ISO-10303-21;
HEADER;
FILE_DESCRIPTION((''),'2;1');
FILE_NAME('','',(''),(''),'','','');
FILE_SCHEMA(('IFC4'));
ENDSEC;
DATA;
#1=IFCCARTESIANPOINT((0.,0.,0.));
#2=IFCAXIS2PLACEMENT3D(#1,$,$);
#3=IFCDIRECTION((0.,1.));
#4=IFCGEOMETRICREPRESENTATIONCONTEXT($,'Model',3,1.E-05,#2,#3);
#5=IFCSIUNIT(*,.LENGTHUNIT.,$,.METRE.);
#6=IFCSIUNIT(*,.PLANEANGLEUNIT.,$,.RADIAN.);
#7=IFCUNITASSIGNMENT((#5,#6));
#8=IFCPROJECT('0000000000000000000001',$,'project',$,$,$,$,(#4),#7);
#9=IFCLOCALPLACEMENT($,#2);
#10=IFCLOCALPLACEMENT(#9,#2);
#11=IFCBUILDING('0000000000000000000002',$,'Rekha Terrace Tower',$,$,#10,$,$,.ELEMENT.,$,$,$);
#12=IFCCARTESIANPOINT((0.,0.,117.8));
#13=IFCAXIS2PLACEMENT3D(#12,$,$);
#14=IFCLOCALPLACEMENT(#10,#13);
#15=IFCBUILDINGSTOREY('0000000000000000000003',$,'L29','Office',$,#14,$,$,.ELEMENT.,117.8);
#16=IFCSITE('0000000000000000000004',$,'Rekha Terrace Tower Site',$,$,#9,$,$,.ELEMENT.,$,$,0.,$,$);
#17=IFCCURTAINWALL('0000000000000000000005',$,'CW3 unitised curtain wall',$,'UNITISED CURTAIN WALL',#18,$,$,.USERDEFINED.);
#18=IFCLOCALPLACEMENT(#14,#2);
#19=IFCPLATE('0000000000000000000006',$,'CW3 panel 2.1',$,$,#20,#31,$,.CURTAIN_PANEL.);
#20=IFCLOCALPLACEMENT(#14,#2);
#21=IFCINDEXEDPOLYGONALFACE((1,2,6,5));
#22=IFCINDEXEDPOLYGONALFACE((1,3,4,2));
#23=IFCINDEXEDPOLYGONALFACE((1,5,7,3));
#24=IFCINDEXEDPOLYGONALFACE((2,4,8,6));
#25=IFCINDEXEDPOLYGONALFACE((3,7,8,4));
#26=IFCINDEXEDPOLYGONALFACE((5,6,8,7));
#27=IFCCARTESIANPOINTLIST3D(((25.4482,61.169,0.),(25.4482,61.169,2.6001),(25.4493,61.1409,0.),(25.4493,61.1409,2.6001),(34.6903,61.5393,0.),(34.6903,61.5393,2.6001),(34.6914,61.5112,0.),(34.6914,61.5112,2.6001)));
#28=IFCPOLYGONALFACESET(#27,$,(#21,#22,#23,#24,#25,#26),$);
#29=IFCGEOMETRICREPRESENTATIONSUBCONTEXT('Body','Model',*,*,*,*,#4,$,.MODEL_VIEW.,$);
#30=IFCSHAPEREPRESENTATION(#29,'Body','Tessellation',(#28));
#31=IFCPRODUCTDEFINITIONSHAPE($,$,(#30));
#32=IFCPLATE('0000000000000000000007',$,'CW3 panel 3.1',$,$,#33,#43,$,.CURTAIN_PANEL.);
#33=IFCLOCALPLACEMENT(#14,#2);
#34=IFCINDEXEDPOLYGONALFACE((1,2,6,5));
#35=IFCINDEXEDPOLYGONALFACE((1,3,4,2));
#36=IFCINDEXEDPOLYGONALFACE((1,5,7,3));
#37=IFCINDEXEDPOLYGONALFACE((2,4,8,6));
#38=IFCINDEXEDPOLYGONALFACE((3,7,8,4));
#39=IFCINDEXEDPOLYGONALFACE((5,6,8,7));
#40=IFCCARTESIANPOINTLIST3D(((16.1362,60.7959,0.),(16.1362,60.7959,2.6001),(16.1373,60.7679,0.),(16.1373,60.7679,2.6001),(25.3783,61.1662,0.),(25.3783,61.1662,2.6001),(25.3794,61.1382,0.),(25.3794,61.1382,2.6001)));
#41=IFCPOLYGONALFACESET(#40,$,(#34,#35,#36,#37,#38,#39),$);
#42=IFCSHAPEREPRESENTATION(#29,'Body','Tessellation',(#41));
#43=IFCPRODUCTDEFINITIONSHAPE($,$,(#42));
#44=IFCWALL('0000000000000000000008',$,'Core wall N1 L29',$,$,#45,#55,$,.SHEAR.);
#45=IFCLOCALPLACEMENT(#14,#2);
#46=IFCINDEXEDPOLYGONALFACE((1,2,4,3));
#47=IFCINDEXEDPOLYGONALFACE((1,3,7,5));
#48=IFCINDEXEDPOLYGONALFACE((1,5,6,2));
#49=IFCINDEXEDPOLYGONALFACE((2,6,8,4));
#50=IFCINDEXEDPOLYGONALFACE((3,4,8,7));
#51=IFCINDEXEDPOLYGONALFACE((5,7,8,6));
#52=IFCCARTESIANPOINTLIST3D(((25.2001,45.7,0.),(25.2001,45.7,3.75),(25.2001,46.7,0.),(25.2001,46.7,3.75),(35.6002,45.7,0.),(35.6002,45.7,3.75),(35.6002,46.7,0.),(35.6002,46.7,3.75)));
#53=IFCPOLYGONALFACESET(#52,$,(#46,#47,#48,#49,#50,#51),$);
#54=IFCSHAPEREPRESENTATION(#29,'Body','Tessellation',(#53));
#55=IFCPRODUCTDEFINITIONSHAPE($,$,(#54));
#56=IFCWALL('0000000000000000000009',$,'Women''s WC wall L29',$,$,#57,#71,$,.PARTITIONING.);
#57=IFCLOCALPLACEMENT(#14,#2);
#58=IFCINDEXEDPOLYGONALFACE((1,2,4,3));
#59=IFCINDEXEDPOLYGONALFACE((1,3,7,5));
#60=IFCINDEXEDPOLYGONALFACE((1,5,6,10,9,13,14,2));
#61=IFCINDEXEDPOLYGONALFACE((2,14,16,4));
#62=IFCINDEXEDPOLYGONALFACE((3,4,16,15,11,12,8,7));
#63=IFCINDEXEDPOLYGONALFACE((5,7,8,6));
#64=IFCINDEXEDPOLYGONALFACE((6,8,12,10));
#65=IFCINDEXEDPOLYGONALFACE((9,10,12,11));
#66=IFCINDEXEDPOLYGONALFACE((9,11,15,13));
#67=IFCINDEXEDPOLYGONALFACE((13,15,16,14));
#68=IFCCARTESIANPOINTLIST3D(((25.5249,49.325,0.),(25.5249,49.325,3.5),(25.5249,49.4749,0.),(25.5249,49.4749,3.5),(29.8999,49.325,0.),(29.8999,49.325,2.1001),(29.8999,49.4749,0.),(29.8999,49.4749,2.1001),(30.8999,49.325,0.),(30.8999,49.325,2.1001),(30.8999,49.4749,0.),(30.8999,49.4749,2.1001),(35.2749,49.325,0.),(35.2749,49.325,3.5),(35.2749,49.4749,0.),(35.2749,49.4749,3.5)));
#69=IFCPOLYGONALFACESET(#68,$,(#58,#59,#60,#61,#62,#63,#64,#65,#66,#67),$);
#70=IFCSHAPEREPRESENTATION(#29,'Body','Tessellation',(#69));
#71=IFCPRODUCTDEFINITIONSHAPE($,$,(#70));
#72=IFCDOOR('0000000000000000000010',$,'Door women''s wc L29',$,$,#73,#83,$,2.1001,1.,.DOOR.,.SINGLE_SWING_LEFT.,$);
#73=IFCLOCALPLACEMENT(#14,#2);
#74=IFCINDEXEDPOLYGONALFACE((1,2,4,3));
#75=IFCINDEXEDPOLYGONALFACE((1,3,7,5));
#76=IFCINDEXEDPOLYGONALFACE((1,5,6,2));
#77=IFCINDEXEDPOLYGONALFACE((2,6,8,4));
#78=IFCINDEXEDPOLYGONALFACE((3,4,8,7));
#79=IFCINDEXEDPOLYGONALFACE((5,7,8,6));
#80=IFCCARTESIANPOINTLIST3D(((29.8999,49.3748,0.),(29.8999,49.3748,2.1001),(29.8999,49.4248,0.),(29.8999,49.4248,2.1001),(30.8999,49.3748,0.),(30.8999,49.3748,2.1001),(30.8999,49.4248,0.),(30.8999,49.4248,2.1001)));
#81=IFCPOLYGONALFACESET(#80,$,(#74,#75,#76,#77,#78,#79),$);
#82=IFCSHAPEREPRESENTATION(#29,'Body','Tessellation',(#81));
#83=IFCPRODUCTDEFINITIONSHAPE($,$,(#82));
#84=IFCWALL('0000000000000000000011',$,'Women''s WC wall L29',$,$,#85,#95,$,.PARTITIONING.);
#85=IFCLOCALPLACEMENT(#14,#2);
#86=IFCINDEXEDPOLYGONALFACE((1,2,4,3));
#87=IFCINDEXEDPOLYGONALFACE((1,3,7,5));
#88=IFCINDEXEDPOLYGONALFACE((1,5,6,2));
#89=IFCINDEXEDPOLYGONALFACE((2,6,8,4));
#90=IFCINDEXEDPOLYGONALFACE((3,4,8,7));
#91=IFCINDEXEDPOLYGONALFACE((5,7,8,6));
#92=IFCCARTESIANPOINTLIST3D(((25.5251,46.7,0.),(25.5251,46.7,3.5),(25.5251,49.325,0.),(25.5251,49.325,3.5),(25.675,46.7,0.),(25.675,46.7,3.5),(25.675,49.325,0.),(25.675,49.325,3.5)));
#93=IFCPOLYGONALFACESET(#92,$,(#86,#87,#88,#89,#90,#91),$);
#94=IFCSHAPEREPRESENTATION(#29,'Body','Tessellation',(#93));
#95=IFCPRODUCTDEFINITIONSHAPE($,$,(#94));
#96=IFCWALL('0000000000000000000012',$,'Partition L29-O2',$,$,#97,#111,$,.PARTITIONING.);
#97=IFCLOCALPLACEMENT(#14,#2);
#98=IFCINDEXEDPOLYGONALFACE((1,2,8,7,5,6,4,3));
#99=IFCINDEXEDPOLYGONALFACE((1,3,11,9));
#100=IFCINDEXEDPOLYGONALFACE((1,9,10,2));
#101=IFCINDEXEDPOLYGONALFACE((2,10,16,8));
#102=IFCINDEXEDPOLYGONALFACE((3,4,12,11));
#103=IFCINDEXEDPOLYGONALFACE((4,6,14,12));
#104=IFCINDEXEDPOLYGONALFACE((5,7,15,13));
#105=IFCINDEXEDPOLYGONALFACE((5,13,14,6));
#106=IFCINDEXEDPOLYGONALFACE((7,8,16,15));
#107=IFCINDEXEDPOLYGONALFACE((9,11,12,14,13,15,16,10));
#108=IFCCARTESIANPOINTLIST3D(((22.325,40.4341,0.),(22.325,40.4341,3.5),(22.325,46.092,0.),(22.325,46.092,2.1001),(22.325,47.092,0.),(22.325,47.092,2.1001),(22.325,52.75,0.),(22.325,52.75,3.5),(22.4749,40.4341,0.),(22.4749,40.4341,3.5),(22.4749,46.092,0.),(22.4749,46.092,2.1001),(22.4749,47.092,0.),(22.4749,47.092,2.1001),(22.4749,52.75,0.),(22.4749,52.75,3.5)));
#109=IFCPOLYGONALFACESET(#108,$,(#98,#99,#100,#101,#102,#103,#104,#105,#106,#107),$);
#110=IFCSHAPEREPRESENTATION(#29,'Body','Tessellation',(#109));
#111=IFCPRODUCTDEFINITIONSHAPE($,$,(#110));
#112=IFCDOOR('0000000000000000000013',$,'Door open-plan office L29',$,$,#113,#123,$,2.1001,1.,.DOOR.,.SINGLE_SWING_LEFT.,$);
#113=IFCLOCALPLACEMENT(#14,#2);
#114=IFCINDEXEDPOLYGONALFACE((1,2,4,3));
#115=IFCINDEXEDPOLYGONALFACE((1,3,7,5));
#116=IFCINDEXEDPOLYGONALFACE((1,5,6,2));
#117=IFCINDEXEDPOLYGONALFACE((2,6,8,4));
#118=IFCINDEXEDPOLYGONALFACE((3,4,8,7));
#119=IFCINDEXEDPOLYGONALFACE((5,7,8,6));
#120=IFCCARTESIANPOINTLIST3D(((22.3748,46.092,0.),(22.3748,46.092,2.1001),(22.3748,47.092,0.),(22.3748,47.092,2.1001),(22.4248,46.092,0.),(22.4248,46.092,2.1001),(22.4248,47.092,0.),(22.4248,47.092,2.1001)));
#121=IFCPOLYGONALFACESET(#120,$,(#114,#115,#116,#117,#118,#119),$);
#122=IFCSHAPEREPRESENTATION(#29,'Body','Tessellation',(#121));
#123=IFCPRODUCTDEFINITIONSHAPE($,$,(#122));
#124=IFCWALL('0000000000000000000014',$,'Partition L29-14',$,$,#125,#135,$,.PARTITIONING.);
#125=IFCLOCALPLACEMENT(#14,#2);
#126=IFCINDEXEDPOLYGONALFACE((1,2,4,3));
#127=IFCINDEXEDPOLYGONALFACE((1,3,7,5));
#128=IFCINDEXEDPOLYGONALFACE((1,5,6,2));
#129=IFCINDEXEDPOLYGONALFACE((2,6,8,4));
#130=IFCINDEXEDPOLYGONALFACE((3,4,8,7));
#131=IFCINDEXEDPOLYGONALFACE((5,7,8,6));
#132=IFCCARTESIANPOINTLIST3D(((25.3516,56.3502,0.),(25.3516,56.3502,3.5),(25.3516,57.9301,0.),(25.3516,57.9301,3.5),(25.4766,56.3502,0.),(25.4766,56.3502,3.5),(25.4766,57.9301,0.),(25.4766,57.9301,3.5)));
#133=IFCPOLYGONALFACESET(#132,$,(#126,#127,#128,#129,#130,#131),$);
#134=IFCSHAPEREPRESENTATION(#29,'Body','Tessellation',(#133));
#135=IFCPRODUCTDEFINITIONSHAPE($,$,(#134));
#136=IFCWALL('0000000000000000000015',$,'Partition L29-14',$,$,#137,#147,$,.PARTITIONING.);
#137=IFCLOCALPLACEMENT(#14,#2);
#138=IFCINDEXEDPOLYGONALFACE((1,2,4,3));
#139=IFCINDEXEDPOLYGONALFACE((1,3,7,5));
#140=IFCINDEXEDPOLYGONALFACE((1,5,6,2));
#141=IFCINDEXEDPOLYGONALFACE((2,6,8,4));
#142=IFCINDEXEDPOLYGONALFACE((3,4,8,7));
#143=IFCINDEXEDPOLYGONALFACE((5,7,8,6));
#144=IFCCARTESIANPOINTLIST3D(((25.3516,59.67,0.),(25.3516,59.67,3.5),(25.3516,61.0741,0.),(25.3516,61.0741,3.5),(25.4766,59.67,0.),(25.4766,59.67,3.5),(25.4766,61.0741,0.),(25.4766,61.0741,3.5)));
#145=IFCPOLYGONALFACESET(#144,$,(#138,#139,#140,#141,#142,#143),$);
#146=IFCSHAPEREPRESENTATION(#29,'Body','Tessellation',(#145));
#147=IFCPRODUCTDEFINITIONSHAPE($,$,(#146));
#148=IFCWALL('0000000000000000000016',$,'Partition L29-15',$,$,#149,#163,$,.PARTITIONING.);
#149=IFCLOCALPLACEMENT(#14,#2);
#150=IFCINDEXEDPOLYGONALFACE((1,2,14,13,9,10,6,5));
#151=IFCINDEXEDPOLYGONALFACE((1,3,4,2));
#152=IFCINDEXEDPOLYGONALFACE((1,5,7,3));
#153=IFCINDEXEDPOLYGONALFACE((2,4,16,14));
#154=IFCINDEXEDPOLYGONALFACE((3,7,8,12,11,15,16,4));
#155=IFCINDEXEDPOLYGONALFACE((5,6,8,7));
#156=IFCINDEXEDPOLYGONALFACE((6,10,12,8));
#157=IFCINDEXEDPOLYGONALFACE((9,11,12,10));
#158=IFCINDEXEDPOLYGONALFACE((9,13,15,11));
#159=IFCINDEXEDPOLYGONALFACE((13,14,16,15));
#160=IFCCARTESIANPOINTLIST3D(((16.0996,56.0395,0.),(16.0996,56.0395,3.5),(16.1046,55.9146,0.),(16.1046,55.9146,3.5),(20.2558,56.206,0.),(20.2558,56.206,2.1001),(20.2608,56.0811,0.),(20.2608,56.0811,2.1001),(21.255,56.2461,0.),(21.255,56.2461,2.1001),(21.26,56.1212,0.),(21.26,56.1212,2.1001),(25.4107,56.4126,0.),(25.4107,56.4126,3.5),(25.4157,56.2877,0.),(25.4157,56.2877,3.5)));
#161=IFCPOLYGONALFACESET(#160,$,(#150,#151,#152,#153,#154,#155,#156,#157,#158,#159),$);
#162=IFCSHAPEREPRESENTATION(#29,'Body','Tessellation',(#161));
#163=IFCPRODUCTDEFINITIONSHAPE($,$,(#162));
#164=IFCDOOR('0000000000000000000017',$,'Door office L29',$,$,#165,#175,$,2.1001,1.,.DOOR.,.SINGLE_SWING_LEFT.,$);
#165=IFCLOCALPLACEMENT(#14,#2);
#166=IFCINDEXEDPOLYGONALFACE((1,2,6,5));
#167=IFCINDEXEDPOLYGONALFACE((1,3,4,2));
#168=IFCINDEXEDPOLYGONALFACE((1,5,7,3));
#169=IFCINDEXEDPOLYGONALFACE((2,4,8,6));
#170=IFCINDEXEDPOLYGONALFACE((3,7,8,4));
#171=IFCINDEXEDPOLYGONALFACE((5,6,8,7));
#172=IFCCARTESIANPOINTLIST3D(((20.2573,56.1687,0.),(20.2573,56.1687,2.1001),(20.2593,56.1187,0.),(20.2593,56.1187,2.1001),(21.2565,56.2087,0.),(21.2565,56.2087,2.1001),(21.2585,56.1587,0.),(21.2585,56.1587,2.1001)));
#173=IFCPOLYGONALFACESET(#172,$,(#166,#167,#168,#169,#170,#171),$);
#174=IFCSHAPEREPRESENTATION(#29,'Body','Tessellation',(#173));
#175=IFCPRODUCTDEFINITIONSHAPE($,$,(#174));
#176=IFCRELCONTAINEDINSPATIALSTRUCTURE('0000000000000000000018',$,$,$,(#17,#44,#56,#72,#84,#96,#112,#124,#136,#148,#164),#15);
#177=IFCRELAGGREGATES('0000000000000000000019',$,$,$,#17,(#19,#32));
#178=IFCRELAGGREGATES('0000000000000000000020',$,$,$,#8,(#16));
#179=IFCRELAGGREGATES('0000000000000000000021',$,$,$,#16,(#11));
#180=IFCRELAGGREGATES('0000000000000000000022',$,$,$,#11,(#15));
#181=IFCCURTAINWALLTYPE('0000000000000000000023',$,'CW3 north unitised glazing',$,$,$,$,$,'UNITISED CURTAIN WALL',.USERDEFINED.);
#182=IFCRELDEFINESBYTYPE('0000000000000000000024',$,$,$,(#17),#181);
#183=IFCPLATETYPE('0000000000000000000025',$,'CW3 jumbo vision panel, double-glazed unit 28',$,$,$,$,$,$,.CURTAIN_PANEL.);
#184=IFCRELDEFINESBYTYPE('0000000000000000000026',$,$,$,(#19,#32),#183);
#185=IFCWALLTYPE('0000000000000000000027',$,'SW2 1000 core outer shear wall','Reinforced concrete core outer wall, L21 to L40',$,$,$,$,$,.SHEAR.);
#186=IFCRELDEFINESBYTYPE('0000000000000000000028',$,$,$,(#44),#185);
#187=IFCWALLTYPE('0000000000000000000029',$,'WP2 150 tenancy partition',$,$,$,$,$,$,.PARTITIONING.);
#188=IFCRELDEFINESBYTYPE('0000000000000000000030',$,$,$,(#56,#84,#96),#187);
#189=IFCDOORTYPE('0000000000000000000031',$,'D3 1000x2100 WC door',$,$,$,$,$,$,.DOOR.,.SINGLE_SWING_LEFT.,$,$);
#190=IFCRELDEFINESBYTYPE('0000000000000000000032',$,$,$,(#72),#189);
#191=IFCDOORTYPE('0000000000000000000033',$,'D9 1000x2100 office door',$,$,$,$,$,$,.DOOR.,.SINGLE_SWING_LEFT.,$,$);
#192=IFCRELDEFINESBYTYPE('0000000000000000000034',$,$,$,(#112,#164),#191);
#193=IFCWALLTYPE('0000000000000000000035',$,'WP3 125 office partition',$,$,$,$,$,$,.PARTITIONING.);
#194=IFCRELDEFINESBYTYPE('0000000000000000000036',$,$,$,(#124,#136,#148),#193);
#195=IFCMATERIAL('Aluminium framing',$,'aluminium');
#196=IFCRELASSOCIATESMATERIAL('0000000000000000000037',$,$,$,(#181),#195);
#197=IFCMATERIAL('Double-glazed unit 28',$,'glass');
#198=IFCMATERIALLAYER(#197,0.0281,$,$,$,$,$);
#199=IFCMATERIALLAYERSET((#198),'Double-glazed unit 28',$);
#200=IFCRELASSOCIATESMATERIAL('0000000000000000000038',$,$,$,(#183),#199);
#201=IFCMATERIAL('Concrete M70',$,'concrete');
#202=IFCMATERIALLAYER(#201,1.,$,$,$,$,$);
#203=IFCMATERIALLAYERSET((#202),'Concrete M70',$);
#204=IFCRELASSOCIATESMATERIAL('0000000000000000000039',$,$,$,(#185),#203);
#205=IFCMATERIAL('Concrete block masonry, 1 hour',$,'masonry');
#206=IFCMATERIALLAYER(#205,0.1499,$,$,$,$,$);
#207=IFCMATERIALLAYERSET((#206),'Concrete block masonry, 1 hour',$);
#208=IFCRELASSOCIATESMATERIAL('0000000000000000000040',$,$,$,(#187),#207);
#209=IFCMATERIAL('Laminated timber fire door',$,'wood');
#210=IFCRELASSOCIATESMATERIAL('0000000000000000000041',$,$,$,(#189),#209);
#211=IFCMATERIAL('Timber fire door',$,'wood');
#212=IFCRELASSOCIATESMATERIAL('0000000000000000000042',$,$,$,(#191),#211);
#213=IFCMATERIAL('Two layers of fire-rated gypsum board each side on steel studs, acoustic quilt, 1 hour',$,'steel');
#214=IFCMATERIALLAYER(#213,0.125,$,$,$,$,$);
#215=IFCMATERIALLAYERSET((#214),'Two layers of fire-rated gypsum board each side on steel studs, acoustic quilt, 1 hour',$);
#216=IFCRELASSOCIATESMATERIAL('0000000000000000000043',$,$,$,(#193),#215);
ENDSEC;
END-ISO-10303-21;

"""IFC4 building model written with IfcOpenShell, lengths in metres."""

from ifc_helpers import new_model, si_unit, direction, frame, frame_2d, origin, origin_2d, place, context, subcontext, project, spatial, rectangle, extrude, material, layer, layer_set, type_object, element, fill, aggregate, save


model = new_model("IFC4")

# Units and contexts
model_context = context("Model", 3, precision=1e-05, world=origin(), true_north=direction((0.0, 1.0)))
body_context = subcontext(model_context, "Body", "Model", "MODEL_VIEW")
ifc_project = project(units=[si_unit("LENGTHUNIT", "METRE"), si_unit("PLANEANGLEUNIT", "RADIAN")], contexts=[model_context])

# Site, building, storey
site_placement = place(None, origin())
site = spatial("IfcSite", under=ifc_project, at=site_placement, Name="Rekha Terrace Tower Site", CompositionType="ELEMENT", RefElevation=0.0)
building_placement = place(site_placement, origin())
building = spatial("IfcBuilding", under=site, at=building_placement, Name="Rekha Terrace Tower", CompositionType="ELEMENT")
storey_placement = place(building_placement, frame((0.0, 0.0, 117.8)))
storey = spatial("IfcBuildingStorey", under=building, at=storey_placement, Name="L29", Description="Office", CompositionType="ELEMENT", Elevation=117.8)

# Shared definitions
ifc_material_1 = material(Name="Concrete M70", Category="concrete")

# Curtain wall, plates
ifc_material_2 = material(Name="Aluminium framing", Category="aluminium")
curtain_wall_type = type_object("IfcCurtainWallType", Name="CW3 north unitised glazing", ElementType="UNITISED CURTAIN WALL", PredefinedType="USERDEFINED", material=ifc_material_2)
curtain_wall_placement = place(storey_placement, origin())
curtain_wall = element("IfcCurtainWall", 1, at=curtain_wall_placement, inside=storey, type_object=curtain_wall_type, Name="CW3 unitised curtain wall", ObjectType="UNITISED CURTAIN WALL", PredefinedType="USERDEFINED")
ifc_material_3 = material(Name="Double-glazed unit 28", Category="glass")
ifc_layer_1 = layer(ifc_material_3, 0.0281)
ifc_layer_set_1 = layer_set([ifc_layer_1], Name="Double-glazed unit 28")
plate_type = type_object("IfcPlateType", Name="CW3 jumbo vision panel, double-glazed unit 28", PredefinedType="CURTAIN_PANEL", material=ifc_layer_set_1)
plate_1_placement = place(storey_placement, frame((30.0698, 61.3401, 0.0), z_axis=(0.0, 0.0, 1.0), x_axis=(-0.999198, -0.040032, 0.0)))
plate_1 = element("IfcPlate", 2, at=plate_1_placement, type_object=plate_type, Name="CW3 panel 2.1", PredefinedType="CURTAIN_PANEL", context=body_context, shape_type="SweptSolid", body=[
    extrude(rectangle(XDim=9.2495, YDim=0.0281, at=origin_2d()), origin(), (0.0, 0.0, 1.0), 2.6001),
])
plate_2_placement = place(storey_placement, frame((20.7578, 60.967, 0.0), z_axis=(0.0, 0.0, 1.0), x_axis=(-0.999198, -0.040032, 0.0)))
plate_2 = element("IfcPlate", 3, at=plate_2_placement, type_object=plate_type, Name="CW3 panel 3.1", PredefinedType="CURTAIN_PANEL", context=body_context, shape_type="SweptSolid", body=[
    extrude(rectangle(XDim=9.2495, YDim=0.0281, at=origin_2d()), origin(), (0.0, 0.0, 1.0), 2.6001),
])
aggregate(curtain_wall, [plate_1, plate_2])

# Wall
ifc_layer_2 = layer(ifc_material_1, 1.0)
ifc_layer_set_2 = layer_set([ifc_layer_2], Name="Concrete M70")
wall_type_1 = type_object("IfcWallType", Name="SW2 1000 core outer shear wall", Description="Reinforced concrete core outer wall, L21 to L40", PredefinedType="SHEAR", material=ifc_layer_set_2)
wall_1_placement = place(storey_placement, frame((25.2, 46.2, 0.0), z_axis=(0.0, 0.0, 1.0), x_axis=(1.0, 0.0, 0.0)))
element("IfcWall", 4, at=wall_1_placement, inside=storey, type_object=wall_type_1, Name="Core wall N1 L29", PredefinedType="SHEAR", context=body_context, shape_type="SweptSolid", body=[
    extrude(rectangle(XDim=10.4001, YDim=1.0, at=frame_2d((5.2002, 0.0))), origin(), (0.0, 0.0, 1.0), 3.75),
])

# Wall, opening, door
ifc_material_4 = material(Name="Concrete block masonry, 1 hour", Category="masonry")
ifc_layer_3 = layer(ifc_material_4, 0.1499)
ifc_layer_set_3 = layer_set([ifc_layer_3], Name="Concrete block masonry, 1 hour")
wall_type_2 = type_object("IfcWallType", Name="WP2 150 tenancy partition", PredefinedType="PARTITIONING", material=ifc_layer_set_3)
wall_2_placement = place(storey_placement, frame((25.5249, 49.3999, 0.0), z_axis=(0.0, 0.0, 1.0), x_axis=(1.0, 0.0, 0.0)))
wall_2 = element("IfcWall", 5, at=wall_2_placement, inside=storey, type_object=wall_type_2, Name="Women's WC wall L29", PredefinedType="PARTITIONING", context=body_context, shape_type="SweptSolid", body=[
    extrude(rectangle(XDim=9.75, YDim=0.1499, at=frame_2d((4.875, 0.0))), origin(), (0.0, 0.0, 1.0), 3.5),
])
opening_1_placement = place(wall_2_placement, frame((4.375, 0.0, 0.0)))
opening_1 = element("IfcOpeningElement", 6, at=opening_1_placement, cuts=wall_2, PredefinedType="OPENING", context=body_context, shape_type="SweptSolid", body=[
    extrude(rectangle(XDim=1.0, YDim=2.1001, at=frame_2d((0.5, 1.05))), frame((0.0, 0.085, 0.0), z_axis=(0.0, -1.0, 0.0), x_axis=(1.0, 0.0, 0.0)), (0.0, 0.0, 1.0), 0.1699),
])
ifc_material_5 = material(Name="Laminated timber fire door", Category="wood")
door_type_1 = type_object("IfcDoorType", Name="D3 1000x2100 WC door", OperationType="SINGLE_SWING_LEFT", PredefinedType="DOOR", material=ifc_material_5)
door_1_placement = place(opening_1_placement, origin())
door_1 = element("IfcDoor", 7, at=door_1_placement, inside=storey, type_object=door_type_1, Name="Door women's wc L29", OperationType="SINGLE_SWING_LEFT", OverallHeight=2.1001, OverallWidth=1.0, PredefinedType="DOOR", context=body_context, shape_type="SweptSolid", body=[
    extrude(rectangle(XDim=1.0, YDim=2.1001, at=frame_2d((0.5, 1.05))), frame((0.0, 0.0249, 0.0), z_axis=(0.0, -1.0, 0.0), x_axis=(1.0, 0.0, 0.0)), (0.0, 0.0, 1.0), 0.05),
])
fill(opening_1, door_1)

# Wall
wall_3_placement = place(storey_placement, frame((25.6001, 46.7, 0.0), z_axis=(0.0, 0.0, 1.0), x_axis=(0.0, 1.0, 0.0)))
element("IfcWall", 8, at=wall_3_placement, inside=storey, type_object=wall_type_2, Name="Women's WC wall L29", PredefinedType="PARTITIONING", context=body_context, shape_type="SweptSolid", body=[
    extrude(rectangle(XDim=2.625, YDim=0.1499, at=frame_2d((1.3125, 0.0))), origin(), (0.0, 0.0, 1.0), 3.5),
])

# Wall, opening, door
wall_4_placement = place(storey_placement, frame((22.3999, 52.75, 0.0), z_axis=(0.0, 0.0, 1.0), x_axis=(0.0, -1.0, 0.0)))
wall_4 = element("IfcWall", 9, at=wall_4_placement, inside=storey, type_object=wall_type_2, Name="Partition L29-O2", PredefinedType="PARTITIONING", context=body_context, shape_type="SweptSolid", body=[
    extrude(rectangle(XDim=12.3159, YDim=0.1499, at=frame_2d((6.158, 0.0))), origin(), (0.0, 0.0, 1.0), 3.5),
])
opening_2_placement = place(wall_4_placement, frame((5.658, 0.0, 0.0)))
opening_2 = element("IfcOpeningElement", 10, at=opening_2_placement, cuts=wall_4, PredefinedType="OPENING", context=body_context, shape_type="SweptSolid", body=[
    extrude(rectangle(XDim=1.0, YDim=2.1001, at=frame_2d((0.5, 1.05))), frame((0.0, 0.085, 0.0), z_axis=(0.0, -1.0, 0.0), x_axis=(1.0, 0.0, 0.0)), (0.0, 0.0, 1.0), 0.1699),
])
ifc_material_6 = material(Name="Timber fire door", Category="wood")
door_type_2 = type_object("IfcDoorType", Name="D9 1000x2100 office door", OperationType="SINGLE_SWING_LEFT", PredefinedType="DOOR", material=ifc_material_6)
door_2_placement = place(opening_2_placement, origin())
door_2 = element("IfcDoor", 11, at=door_2_placement, inside=storey, type_object=door_type_2, Name="Door open-plan office L29", OperationType="SINGLE_SWING_LEFT", OverallHeight=2.1001, OverallWidth=1.0, PredefinedType="DOOR", context=body_context, shape_type="SweptSolid", body=[
    extrude(rectangle(XDim=1.0, YDim=2.1001, at=frame_2d((0.5, 1.05))), frame((0.0, 0.0249, 0.0), z_axis=(0.0, -1.0, 0.0), x_axis=(1.0, 0.0, 0.0)), (0.0, 0.0, 1.0), 0.05),
])
fill(opening_2, door_2)

# Walls
ifc_material_7 = material(Name="Two layers of fire-rated gypsum board each side on steel studs, acoustic quilt, 1 hour", Category="steel")
ifc_layer_4 = layer(ifc_material_7, 0.125)
ifc_layer_set_4 = layer_set([ifc_layer_4], Name="Two layers of fire-rated gypsum board each side on steel studs, acoustic quilt, 1 hour")
wall_type_3 = type_object("IfcWallType", Name="WP3 125 office partition", PredefinedType="PARTITIONING", material=ifc_layer_set_4)
wall_5_placement = place(storey_placement, frame((25.4141, 56.3501, 0.0), z_axis=(0.0, 0.0, 1.0), x_axis=(0.0, 1.0, 0.0)))
element("IfcWall", 12, at=wall_5_placement, inside=storey, type_object=wall_type_3, Name="Partition L29-14", PredefinedType="PARTITIONING", context=body_context, shape_type="SweptSolid", body=[
    extrude(rectangle(XDim=1.5798, YDim=0.125, at=frame_2d((0.79, 0.0))), origin(), (0.0, 0.0, 1.0), 3.5),
])
wall_6_placement = place(storey_placement, frame((25.4141, 59.6699, 0.0), z_axis=(0.0, 0.0, 1.0), x_axis=(0.0, 1.0, 0.0)))
element("IfcWall", 13, at=wall_6_placement, inside=storey, type_object=wall_type_3, Name="Partition L29-14", PredefinedType="PARTITIONING", context=body_context, shape_type="SweptSolid", body=[
    extrude(rectangle(XDim=1.4041, YDim=0.125, at=frame_2d((0.7021, 0.0))), origin(), (0.0, 0.0, 1.0), 3.5),
])

# Wall, opening, door
wall_7_placement = place(storey_placement, frame((25.4131, 56.3501, 0.0), z_axis=(0.0, 0.0, 1.0), x_axis=(-0.999198, -0.040033, 0.0)))
wall_7 = element("IfcWall", 14, at=wall_7_placement, inside=storey, type_object=wall_type_3, Name="Partition L29-15", PredefinedType="PARTITIONING", context=body_context, shape_type="SweptSolid", body=[
    extrude(rectangle(XDim=9.3186, YDim=0.125, at=frame_2d((4.6592, 0.0))), origin(), (0.0, 0.0, 1.0), 3.5),
])
opening_3_placement = place(wall_7_placement, frame((4.1589, 0.0, 0.0)))
opening_3 = element("IfcOpeningElement", 15, at=opening_3_placement, cuts=wall_7, PredefinedType="OPENING", context=body_context, shape_type="SweptSolid", body=[
    extrude(rectangle(XDim=1.0, YDim=2.1001, at=frame_2d((0.5, 1.05))), frame((0.0, 0.0725, 0.0), z_axis=(0.0, -1.0, 0.0), x_axis=(1.0, 0.0, 0.0)), (0.0, 0.0, 1.0), 0.145),
])
door_3_placement = place(opening_3_placement, origin())
door_3 = element("IfcDoor", 16, at=door_3_placement, inside=storey, type_object=door_type_2, Name="Door office L29", OperationType="SINGLE_SWING_LEFT", OverallHeight=2.1001, OverallWidth=1.0, PredefinedType="DOOR", context=body_context, shape_type="SweptSolid", body=[
    extrude(rectangle(XDim=1.0, YDim=2.1001, at=frame_2d((0.5, 1.05))), frame((0.0, 0.0249, 0.0), z_axis=(0.0, -1.0, 0.0), x_axis=(1.0, 0.0, 0.0)), (0.0, 0.0, 1.0), 0.05),
])
fill(opening_3, door_3)

save(model, "model.ifc")
